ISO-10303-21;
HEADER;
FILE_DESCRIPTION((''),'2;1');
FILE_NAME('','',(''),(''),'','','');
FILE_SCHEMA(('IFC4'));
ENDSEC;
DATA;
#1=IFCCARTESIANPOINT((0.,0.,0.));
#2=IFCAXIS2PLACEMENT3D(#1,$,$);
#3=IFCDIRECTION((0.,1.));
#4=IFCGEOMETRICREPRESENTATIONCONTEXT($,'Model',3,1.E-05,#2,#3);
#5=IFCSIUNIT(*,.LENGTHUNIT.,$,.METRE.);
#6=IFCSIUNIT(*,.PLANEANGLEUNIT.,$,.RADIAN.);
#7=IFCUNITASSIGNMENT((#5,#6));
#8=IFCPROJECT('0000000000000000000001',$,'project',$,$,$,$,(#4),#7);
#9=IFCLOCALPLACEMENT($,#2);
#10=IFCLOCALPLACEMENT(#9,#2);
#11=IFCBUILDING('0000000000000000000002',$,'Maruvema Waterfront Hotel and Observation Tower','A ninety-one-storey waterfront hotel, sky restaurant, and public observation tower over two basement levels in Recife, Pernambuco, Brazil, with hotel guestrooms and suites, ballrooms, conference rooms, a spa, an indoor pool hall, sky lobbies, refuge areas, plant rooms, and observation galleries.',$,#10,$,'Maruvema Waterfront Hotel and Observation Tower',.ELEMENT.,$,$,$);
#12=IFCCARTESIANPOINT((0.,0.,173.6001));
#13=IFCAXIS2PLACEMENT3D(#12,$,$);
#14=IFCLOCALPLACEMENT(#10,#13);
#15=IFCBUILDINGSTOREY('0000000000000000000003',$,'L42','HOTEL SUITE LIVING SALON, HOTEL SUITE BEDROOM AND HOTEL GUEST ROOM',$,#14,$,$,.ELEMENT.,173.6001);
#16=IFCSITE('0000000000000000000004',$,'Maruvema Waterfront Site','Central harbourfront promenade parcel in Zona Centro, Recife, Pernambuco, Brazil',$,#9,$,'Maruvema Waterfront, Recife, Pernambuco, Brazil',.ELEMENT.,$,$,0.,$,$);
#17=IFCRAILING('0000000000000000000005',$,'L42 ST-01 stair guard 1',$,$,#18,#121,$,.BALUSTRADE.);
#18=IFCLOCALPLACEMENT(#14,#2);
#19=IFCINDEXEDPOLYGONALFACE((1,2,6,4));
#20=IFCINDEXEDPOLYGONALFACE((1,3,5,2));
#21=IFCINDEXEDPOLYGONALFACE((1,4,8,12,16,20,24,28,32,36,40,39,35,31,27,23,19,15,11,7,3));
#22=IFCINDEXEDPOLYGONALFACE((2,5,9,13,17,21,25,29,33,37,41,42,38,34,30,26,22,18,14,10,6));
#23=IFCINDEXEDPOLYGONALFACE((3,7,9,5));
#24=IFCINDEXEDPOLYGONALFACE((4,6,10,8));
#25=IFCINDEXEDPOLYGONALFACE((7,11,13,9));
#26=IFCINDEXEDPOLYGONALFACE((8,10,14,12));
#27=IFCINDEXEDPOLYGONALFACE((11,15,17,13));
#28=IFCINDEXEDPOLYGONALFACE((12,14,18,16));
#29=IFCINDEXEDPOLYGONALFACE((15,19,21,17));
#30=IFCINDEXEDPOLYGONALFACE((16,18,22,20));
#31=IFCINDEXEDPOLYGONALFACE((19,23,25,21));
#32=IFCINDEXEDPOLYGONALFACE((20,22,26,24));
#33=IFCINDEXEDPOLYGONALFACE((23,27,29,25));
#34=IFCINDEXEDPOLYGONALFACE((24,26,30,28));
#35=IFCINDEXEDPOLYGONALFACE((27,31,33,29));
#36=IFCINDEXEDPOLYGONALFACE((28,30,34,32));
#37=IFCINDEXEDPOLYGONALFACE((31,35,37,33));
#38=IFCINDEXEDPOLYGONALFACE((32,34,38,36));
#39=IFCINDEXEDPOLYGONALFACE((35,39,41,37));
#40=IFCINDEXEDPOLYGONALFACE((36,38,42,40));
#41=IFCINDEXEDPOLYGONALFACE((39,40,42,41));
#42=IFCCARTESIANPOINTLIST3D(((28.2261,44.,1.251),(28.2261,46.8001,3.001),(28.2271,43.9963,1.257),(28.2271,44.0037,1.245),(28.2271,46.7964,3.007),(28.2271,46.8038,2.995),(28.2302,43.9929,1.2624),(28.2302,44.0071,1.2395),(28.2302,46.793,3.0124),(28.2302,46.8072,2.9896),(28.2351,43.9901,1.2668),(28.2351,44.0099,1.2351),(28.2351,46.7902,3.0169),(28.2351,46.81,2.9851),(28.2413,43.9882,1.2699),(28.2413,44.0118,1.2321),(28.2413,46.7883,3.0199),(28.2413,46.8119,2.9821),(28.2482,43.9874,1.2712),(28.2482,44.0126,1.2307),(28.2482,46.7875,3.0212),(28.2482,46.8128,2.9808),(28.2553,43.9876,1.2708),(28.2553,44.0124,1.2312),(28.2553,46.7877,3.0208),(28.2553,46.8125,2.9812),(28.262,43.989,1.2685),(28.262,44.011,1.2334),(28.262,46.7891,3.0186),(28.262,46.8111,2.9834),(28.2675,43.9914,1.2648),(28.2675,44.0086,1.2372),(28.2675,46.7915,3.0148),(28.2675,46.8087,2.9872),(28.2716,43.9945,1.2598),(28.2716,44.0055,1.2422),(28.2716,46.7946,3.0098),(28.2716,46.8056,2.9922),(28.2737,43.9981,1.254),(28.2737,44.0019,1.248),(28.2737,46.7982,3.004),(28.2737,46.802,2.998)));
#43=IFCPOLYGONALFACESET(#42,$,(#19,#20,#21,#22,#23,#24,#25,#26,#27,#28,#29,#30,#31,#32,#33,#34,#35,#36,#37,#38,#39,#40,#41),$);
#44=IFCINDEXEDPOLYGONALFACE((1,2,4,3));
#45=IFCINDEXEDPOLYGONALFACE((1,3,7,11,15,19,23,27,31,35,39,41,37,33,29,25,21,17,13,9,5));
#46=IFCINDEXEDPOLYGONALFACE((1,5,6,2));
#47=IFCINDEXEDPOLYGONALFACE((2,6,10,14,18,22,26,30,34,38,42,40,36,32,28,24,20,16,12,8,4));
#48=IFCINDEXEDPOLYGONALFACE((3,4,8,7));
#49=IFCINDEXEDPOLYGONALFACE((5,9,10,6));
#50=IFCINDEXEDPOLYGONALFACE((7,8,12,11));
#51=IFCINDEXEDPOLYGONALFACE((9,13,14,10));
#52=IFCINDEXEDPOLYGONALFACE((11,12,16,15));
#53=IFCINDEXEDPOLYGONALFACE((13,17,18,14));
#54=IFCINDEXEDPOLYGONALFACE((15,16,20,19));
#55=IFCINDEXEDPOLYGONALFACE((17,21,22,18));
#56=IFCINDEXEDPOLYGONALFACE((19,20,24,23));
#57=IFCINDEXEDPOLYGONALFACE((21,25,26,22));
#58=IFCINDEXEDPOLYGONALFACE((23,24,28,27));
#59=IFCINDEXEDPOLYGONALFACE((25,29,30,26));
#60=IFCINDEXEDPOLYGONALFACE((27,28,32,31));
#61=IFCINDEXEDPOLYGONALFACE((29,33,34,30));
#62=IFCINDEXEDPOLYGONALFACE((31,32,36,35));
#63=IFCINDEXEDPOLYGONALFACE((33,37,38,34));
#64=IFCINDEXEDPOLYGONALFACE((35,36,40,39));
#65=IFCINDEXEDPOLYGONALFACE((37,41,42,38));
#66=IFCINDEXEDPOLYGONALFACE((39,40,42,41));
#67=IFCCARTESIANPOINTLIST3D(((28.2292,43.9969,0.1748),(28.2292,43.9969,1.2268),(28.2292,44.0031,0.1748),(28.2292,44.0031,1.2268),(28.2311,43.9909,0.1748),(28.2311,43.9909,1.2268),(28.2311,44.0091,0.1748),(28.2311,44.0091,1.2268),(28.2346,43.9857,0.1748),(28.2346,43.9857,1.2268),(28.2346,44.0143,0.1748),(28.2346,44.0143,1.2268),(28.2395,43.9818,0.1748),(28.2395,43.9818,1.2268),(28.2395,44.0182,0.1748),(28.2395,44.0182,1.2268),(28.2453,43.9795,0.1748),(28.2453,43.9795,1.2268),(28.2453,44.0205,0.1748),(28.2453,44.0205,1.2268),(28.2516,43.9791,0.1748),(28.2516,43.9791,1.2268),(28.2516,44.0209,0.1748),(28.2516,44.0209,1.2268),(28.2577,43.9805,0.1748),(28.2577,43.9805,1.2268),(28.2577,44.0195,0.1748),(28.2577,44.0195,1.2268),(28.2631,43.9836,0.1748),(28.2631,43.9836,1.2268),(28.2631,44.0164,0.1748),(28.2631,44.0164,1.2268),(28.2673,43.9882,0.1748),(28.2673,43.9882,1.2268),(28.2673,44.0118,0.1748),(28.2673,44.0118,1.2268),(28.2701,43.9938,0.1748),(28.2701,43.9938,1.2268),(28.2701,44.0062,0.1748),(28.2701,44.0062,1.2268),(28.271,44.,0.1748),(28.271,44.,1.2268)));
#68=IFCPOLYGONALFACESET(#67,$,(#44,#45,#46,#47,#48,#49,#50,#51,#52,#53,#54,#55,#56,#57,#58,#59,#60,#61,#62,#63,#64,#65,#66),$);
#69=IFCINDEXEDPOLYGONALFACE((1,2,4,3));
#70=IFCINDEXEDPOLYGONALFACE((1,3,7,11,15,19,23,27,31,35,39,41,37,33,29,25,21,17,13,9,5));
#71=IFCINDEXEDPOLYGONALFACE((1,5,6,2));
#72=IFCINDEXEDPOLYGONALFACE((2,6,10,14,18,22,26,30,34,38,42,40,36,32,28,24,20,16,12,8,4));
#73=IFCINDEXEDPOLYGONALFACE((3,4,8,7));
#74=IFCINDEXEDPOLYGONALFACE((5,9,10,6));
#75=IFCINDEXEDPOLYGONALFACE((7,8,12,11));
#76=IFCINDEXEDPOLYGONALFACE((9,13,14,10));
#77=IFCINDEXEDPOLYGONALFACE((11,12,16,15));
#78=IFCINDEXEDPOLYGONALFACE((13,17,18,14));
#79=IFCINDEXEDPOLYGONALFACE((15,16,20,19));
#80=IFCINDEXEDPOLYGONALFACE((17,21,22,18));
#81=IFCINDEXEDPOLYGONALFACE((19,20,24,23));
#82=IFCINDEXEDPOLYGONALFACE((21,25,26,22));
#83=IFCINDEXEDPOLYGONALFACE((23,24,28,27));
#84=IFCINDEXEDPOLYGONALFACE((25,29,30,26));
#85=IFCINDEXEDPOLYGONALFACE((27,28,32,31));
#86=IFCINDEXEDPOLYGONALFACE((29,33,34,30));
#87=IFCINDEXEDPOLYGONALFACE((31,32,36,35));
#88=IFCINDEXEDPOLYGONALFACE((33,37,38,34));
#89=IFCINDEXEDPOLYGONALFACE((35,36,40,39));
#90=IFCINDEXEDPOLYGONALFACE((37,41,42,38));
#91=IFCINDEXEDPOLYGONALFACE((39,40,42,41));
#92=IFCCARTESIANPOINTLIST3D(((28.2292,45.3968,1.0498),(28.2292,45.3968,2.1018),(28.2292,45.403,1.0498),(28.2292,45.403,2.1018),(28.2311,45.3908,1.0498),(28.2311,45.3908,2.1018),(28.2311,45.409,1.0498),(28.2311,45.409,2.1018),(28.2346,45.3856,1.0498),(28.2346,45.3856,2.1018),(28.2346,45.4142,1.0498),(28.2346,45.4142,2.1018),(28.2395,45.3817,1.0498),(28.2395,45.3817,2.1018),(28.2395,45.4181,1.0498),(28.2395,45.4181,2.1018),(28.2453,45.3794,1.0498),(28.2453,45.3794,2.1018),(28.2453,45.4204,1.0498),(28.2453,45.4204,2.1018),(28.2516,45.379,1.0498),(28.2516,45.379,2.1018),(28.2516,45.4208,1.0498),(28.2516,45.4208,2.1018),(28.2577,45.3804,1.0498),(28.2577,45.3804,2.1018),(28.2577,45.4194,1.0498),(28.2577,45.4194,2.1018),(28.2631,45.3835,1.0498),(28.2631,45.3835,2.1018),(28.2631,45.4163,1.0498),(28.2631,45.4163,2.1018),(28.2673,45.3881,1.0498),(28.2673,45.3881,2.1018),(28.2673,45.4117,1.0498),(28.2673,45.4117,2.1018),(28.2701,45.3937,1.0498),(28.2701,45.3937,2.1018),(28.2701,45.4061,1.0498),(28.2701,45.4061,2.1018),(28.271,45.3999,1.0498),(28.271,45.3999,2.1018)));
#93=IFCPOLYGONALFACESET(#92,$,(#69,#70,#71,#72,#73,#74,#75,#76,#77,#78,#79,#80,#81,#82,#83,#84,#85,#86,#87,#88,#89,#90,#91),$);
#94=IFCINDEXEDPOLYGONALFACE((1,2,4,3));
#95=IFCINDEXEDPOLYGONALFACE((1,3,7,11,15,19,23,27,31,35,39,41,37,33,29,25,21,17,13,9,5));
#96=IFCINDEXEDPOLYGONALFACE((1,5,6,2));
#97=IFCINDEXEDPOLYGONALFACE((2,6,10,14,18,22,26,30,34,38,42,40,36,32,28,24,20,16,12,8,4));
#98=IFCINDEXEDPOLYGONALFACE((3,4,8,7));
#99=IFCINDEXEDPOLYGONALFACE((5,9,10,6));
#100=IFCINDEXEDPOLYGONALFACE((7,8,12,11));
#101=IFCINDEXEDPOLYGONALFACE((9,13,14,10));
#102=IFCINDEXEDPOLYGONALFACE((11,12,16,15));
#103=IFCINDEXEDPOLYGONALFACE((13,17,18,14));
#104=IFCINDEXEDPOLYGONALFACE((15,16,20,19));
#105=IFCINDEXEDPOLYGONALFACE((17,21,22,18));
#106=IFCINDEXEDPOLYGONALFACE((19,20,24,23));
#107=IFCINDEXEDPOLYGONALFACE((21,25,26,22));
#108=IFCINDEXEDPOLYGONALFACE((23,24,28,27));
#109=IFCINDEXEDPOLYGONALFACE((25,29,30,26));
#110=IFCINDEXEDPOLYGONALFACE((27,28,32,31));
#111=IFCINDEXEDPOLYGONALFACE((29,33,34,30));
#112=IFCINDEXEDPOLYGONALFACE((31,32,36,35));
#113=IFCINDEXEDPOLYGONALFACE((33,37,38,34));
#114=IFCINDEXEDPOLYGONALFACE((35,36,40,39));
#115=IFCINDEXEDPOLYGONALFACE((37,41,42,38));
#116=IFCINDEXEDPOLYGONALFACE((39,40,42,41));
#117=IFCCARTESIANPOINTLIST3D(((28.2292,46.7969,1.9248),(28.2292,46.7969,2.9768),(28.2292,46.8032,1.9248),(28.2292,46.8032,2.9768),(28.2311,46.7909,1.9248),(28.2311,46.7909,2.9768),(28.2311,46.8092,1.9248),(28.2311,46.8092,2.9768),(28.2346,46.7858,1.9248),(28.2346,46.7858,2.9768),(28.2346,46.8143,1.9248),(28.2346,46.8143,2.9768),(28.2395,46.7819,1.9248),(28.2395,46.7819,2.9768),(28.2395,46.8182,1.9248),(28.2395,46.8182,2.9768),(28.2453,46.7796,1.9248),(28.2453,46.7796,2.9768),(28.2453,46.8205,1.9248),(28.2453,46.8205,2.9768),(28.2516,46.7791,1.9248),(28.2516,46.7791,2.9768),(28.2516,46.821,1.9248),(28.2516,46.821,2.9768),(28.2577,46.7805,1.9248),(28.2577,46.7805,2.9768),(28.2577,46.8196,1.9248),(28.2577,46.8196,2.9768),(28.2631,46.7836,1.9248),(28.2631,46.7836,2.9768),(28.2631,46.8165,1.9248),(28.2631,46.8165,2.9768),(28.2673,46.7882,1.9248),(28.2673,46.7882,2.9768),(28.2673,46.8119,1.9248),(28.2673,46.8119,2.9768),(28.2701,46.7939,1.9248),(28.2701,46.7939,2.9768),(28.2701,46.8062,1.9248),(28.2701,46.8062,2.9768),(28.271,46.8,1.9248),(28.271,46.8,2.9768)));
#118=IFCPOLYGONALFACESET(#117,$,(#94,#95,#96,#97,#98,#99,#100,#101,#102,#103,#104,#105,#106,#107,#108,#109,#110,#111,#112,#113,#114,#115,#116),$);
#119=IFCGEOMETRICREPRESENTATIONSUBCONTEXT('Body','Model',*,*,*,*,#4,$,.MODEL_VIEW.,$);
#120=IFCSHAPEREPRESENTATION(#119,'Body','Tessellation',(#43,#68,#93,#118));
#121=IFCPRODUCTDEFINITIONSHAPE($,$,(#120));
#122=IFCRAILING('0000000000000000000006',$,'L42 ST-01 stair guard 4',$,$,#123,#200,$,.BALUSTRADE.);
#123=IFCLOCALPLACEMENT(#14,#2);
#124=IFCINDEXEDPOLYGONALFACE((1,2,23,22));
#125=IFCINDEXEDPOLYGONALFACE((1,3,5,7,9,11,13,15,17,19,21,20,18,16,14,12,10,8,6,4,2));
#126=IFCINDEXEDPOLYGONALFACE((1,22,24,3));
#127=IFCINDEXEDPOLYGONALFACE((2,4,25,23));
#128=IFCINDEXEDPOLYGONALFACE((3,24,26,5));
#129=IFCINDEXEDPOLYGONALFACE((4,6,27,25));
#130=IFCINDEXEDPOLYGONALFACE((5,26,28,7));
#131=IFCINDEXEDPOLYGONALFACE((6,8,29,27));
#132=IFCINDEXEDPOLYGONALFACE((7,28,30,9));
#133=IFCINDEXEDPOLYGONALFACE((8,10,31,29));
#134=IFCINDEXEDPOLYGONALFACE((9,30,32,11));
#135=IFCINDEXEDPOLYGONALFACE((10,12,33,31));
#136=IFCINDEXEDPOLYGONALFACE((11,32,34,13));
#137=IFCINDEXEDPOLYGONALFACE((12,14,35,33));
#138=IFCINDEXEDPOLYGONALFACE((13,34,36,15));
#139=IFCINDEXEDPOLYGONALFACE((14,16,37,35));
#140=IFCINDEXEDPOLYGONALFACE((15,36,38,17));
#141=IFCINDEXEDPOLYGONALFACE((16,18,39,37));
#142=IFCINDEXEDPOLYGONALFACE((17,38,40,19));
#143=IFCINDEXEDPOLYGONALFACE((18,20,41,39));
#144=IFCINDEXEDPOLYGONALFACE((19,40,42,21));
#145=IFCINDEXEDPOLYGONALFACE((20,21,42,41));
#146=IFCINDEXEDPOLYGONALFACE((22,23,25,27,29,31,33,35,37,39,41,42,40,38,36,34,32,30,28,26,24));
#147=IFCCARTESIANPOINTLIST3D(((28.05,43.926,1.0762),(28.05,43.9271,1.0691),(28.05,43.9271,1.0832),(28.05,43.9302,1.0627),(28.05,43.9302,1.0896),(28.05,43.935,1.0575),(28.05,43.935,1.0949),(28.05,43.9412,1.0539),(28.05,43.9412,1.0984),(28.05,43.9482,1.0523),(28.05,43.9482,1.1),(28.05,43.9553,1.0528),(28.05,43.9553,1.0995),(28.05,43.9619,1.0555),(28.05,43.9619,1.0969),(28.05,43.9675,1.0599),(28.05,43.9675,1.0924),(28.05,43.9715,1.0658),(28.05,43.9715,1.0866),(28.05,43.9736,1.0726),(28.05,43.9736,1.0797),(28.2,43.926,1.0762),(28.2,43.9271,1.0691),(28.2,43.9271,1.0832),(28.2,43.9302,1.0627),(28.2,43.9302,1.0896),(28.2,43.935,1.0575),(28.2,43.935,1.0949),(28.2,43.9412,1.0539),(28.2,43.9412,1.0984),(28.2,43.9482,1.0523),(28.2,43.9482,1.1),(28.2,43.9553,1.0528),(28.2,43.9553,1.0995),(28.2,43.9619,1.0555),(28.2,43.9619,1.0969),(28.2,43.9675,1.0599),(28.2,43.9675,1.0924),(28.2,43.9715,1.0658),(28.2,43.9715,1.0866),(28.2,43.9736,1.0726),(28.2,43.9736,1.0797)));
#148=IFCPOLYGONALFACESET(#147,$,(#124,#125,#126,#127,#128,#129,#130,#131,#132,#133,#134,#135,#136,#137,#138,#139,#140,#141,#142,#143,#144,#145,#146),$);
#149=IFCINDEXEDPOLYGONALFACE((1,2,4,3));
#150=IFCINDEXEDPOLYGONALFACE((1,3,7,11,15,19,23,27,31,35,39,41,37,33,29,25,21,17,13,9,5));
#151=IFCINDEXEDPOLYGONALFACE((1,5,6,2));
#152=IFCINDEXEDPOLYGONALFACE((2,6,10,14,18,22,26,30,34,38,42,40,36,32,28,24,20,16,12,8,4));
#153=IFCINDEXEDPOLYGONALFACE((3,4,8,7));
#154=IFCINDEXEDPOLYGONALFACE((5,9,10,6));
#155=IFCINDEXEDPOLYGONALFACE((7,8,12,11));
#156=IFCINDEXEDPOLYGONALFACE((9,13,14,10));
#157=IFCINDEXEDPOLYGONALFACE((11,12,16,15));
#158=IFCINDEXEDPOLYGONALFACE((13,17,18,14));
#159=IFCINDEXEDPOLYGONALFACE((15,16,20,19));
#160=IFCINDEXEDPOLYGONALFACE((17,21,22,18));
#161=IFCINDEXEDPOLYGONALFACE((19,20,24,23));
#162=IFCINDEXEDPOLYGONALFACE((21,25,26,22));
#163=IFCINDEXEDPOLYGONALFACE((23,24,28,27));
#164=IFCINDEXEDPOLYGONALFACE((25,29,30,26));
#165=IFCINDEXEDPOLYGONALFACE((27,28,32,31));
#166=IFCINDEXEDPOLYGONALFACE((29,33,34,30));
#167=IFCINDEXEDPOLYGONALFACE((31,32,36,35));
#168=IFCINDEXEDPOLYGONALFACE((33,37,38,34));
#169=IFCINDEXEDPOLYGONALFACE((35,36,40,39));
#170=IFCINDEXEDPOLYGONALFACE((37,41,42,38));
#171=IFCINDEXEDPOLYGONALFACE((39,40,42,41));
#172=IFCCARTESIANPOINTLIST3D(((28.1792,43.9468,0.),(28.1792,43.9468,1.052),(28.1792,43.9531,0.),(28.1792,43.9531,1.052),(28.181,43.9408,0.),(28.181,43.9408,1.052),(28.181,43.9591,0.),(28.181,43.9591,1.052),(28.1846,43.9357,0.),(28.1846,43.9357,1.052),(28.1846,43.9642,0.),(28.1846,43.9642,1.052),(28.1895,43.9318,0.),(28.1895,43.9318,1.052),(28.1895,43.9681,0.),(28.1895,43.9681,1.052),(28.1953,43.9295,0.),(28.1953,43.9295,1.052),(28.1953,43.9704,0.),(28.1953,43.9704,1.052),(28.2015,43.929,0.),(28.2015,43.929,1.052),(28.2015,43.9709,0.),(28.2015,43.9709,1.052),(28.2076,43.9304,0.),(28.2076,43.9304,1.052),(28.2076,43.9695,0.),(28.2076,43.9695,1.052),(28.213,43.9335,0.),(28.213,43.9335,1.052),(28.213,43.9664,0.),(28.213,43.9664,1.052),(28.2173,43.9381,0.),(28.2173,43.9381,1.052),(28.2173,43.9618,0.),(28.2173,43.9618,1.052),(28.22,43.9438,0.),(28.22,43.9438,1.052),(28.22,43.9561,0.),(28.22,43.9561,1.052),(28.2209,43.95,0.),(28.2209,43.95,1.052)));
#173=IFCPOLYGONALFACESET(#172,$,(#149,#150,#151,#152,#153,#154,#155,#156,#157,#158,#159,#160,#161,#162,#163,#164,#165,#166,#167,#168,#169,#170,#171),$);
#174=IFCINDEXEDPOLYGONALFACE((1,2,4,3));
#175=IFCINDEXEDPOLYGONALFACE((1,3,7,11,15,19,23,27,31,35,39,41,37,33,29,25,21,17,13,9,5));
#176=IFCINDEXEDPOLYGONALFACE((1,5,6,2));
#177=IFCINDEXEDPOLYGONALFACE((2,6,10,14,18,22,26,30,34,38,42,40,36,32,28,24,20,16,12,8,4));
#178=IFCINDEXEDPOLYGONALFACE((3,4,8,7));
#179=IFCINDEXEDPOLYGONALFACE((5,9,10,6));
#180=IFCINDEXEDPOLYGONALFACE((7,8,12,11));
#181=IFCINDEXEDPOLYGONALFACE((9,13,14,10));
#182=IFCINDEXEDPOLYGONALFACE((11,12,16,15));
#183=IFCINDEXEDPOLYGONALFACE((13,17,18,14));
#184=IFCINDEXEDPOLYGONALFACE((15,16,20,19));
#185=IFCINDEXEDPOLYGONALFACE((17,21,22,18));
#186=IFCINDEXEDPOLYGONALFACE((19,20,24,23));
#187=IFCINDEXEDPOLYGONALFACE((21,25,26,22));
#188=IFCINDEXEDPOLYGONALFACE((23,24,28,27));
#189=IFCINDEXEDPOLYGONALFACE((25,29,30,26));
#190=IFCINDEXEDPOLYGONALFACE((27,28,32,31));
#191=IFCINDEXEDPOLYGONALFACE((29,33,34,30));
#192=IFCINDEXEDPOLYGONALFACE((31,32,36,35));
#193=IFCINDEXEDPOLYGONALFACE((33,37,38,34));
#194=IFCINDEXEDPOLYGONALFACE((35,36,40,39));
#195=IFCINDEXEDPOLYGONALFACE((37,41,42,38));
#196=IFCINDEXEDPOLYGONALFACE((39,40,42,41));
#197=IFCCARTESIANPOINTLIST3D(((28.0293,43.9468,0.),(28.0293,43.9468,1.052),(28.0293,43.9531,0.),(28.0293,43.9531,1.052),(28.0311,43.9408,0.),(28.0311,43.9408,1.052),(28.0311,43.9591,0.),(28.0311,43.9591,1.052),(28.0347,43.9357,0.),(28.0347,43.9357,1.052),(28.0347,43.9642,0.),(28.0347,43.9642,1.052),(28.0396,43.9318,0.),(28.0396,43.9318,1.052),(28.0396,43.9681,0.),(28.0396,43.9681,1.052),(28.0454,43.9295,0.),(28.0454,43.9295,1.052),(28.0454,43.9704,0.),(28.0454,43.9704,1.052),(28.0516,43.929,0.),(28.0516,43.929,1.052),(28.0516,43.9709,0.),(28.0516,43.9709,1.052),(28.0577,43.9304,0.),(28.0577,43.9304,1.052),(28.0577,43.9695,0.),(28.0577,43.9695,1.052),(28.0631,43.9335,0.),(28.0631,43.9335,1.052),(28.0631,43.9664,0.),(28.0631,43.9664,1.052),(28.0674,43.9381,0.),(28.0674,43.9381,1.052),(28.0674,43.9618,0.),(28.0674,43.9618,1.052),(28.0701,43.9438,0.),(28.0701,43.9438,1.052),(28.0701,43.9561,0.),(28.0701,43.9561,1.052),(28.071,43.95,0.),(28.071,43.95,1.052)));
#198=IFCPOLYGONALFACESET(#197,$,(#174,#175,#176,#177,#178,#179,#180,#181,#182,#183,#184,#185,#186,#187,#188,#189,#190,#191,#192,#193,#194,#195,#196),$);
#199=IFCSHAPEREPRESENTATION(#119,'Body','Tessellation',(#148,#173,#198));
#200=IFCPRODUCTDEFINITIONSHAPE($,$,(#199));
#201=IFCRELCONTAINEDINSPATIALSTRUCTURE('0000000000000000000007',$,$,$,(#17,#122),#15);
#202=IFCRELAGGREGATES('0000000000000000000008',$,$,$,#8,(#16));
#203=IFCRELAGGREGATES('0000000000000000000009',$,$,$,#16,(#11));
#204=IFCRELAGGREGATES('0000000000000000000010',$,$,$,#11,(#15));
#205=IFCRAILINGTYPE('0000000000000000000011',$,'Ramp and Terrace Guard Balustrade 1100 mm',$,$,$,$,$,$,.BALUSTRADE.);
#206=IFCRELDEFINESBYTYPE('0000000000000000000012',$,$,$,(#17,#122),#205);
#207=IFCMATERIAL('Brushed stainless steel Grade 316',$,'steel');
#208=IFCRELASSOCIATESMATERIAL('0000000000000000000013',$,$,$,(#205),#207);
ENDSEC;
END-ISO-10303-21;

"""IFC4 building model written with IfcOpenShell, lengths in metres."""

from ifc_helpers import new_model, si_unit, direction, frame, origin, origin_2d, place, context, subcontext, project, spatial, circle, extrude, material, type_object, element, save


model = new_model("IFC4")

# Units and contexts
model_context = context("Model", 3, precision=1e-05, world=origin(), true_north=direction((0.0, 1.0)))
body_context = subcontext(model_context, "Body", "Model", "MODEL_VIEW")
ifc_project = project(units=[si_unit("LENGTHUNIT", "METRE"), si_unit("PLANEANGLEUNIT", "RADIAN")], contexts=[model_context])

# Site, building, storey
site_placement = place(None, origin())
site = spatial("IfcSite", under=ifc_project, at=site_placement, Name="Maruvema Waterfront Site", Description="Central harbourfront promenade parcel in Zona Centro, Recife, Pernambuco, Brazil", LongName="Maruvema Waterfront, Recife, Pernambuco, Brazil", CompositionType="ELEMENT", RefElevation=0.0)
building_placement = place(site_placement, origin())
building = spatial("IfcBuilding", under=site, at=building_placement, Name="Maruvema Waterfront Hotel and Observation Tower", Description="A ninety-one-storey waterfront hotel, sky restaurant, and public observation tower over two basement levels in Recife, Pernambuco, Brazil, with hotel guestrooms and suites, ballrooms, conference rooms, a spa, an indoor pool hall, sky lobbies, refuge areas, plant rooms, and observation galleries.", LongName="Maruvema Waterfront Hotel and Observation Tower", CompositionType="ELEMENT")
storey_placement = place(building_placement, frame((0.0, 0.0, 173.6001)))
storey = spatial("IfcBuildingStorey", under=building, at=storey_placement, Name="L42", Description="HOTEL SUITE LIVING SALON, HOTEL SUITE BEDROOM AND HOTEL GUEST ROOM", CompositionType="ELEMENT", Elevation=173.6001)

# Railings
ifc_material_1 = material(Name="Brushed stainless steel Grade 316", Category="steel")
railing_type_1 = type_object("IfcRailingType", Name="Ramp and Terrace Guard Balustrade 1100 mm", PredefinedType="BALUSTRADE", material=ifc_material_1)
railing_1_placement = place(storey_placement, frame((28.25, 44.0, 0.1748)))
element("IfcRailing", 1, at=railing_1_placement, inside=storey, type_object=railing_type_1, Name="L42 ST-01 stair guard 1", PredefinedType="BALUSTRADE", context=body_context, shape_type="SweptSolid", body=[
    extrude(circle(Radius=0.0239, at=origin_2d()), frame((0.0, 0.0, 1.0762), z_axis=(0.0, 0.848002, 0.529992), x_axis=(-1.0, 0.0, 0.0)), (0.0, 0.0, 1.0), 3.302),
    extrude(circle(Radius=0.021, at=origin_2d()), origin(), (0.0, 0.0, 1.0), 1.052),
    extrude(circle(Radius=0.021, at=origin_2d()), frame((0.0, 1.3999, 0.875)), (0.0, 0.0, 1.0), 1.052),
    extrude(circle(Radius=0.021, at=origin_2d()), frame((0.0, 2.8, 1.75)), (0.0, 0.0, 1.0), 1.052),
])
railing_2_placement = place(storey_placement, frame((28.2, 43.95, 0.0)))
element("IfcRailing", 2, at=railing_2_placement, inside=storey, type_object=railing_type_1, Name="L42 ST-01 stair guard 4", PredefinedType="BALUSTRADE", context=body_context, shape_type="SweptSolid", body=[
    extrude(circle(Radius=0.0239, at=origin_2d()), frame((0.0, 0.0, 1.0762), z_axis=(-1.0, 0.0, 0.0), x_axis=(0.0, -1.0, 0.0)), (0.0, 0.0, 1.0), 0.1499),
    extrude(circle(Radius=0.021, at=origin_2d()), origin(), (0.0, 0.0, 1.0), 1.052),
    extrude(circle(Radius=0.021, at=origin_2d()), frame((-0.1499, 0.0, 0.0)), (0.0, 0.0, 1.0), 1.052),
])

save(model, "model.ifc")
